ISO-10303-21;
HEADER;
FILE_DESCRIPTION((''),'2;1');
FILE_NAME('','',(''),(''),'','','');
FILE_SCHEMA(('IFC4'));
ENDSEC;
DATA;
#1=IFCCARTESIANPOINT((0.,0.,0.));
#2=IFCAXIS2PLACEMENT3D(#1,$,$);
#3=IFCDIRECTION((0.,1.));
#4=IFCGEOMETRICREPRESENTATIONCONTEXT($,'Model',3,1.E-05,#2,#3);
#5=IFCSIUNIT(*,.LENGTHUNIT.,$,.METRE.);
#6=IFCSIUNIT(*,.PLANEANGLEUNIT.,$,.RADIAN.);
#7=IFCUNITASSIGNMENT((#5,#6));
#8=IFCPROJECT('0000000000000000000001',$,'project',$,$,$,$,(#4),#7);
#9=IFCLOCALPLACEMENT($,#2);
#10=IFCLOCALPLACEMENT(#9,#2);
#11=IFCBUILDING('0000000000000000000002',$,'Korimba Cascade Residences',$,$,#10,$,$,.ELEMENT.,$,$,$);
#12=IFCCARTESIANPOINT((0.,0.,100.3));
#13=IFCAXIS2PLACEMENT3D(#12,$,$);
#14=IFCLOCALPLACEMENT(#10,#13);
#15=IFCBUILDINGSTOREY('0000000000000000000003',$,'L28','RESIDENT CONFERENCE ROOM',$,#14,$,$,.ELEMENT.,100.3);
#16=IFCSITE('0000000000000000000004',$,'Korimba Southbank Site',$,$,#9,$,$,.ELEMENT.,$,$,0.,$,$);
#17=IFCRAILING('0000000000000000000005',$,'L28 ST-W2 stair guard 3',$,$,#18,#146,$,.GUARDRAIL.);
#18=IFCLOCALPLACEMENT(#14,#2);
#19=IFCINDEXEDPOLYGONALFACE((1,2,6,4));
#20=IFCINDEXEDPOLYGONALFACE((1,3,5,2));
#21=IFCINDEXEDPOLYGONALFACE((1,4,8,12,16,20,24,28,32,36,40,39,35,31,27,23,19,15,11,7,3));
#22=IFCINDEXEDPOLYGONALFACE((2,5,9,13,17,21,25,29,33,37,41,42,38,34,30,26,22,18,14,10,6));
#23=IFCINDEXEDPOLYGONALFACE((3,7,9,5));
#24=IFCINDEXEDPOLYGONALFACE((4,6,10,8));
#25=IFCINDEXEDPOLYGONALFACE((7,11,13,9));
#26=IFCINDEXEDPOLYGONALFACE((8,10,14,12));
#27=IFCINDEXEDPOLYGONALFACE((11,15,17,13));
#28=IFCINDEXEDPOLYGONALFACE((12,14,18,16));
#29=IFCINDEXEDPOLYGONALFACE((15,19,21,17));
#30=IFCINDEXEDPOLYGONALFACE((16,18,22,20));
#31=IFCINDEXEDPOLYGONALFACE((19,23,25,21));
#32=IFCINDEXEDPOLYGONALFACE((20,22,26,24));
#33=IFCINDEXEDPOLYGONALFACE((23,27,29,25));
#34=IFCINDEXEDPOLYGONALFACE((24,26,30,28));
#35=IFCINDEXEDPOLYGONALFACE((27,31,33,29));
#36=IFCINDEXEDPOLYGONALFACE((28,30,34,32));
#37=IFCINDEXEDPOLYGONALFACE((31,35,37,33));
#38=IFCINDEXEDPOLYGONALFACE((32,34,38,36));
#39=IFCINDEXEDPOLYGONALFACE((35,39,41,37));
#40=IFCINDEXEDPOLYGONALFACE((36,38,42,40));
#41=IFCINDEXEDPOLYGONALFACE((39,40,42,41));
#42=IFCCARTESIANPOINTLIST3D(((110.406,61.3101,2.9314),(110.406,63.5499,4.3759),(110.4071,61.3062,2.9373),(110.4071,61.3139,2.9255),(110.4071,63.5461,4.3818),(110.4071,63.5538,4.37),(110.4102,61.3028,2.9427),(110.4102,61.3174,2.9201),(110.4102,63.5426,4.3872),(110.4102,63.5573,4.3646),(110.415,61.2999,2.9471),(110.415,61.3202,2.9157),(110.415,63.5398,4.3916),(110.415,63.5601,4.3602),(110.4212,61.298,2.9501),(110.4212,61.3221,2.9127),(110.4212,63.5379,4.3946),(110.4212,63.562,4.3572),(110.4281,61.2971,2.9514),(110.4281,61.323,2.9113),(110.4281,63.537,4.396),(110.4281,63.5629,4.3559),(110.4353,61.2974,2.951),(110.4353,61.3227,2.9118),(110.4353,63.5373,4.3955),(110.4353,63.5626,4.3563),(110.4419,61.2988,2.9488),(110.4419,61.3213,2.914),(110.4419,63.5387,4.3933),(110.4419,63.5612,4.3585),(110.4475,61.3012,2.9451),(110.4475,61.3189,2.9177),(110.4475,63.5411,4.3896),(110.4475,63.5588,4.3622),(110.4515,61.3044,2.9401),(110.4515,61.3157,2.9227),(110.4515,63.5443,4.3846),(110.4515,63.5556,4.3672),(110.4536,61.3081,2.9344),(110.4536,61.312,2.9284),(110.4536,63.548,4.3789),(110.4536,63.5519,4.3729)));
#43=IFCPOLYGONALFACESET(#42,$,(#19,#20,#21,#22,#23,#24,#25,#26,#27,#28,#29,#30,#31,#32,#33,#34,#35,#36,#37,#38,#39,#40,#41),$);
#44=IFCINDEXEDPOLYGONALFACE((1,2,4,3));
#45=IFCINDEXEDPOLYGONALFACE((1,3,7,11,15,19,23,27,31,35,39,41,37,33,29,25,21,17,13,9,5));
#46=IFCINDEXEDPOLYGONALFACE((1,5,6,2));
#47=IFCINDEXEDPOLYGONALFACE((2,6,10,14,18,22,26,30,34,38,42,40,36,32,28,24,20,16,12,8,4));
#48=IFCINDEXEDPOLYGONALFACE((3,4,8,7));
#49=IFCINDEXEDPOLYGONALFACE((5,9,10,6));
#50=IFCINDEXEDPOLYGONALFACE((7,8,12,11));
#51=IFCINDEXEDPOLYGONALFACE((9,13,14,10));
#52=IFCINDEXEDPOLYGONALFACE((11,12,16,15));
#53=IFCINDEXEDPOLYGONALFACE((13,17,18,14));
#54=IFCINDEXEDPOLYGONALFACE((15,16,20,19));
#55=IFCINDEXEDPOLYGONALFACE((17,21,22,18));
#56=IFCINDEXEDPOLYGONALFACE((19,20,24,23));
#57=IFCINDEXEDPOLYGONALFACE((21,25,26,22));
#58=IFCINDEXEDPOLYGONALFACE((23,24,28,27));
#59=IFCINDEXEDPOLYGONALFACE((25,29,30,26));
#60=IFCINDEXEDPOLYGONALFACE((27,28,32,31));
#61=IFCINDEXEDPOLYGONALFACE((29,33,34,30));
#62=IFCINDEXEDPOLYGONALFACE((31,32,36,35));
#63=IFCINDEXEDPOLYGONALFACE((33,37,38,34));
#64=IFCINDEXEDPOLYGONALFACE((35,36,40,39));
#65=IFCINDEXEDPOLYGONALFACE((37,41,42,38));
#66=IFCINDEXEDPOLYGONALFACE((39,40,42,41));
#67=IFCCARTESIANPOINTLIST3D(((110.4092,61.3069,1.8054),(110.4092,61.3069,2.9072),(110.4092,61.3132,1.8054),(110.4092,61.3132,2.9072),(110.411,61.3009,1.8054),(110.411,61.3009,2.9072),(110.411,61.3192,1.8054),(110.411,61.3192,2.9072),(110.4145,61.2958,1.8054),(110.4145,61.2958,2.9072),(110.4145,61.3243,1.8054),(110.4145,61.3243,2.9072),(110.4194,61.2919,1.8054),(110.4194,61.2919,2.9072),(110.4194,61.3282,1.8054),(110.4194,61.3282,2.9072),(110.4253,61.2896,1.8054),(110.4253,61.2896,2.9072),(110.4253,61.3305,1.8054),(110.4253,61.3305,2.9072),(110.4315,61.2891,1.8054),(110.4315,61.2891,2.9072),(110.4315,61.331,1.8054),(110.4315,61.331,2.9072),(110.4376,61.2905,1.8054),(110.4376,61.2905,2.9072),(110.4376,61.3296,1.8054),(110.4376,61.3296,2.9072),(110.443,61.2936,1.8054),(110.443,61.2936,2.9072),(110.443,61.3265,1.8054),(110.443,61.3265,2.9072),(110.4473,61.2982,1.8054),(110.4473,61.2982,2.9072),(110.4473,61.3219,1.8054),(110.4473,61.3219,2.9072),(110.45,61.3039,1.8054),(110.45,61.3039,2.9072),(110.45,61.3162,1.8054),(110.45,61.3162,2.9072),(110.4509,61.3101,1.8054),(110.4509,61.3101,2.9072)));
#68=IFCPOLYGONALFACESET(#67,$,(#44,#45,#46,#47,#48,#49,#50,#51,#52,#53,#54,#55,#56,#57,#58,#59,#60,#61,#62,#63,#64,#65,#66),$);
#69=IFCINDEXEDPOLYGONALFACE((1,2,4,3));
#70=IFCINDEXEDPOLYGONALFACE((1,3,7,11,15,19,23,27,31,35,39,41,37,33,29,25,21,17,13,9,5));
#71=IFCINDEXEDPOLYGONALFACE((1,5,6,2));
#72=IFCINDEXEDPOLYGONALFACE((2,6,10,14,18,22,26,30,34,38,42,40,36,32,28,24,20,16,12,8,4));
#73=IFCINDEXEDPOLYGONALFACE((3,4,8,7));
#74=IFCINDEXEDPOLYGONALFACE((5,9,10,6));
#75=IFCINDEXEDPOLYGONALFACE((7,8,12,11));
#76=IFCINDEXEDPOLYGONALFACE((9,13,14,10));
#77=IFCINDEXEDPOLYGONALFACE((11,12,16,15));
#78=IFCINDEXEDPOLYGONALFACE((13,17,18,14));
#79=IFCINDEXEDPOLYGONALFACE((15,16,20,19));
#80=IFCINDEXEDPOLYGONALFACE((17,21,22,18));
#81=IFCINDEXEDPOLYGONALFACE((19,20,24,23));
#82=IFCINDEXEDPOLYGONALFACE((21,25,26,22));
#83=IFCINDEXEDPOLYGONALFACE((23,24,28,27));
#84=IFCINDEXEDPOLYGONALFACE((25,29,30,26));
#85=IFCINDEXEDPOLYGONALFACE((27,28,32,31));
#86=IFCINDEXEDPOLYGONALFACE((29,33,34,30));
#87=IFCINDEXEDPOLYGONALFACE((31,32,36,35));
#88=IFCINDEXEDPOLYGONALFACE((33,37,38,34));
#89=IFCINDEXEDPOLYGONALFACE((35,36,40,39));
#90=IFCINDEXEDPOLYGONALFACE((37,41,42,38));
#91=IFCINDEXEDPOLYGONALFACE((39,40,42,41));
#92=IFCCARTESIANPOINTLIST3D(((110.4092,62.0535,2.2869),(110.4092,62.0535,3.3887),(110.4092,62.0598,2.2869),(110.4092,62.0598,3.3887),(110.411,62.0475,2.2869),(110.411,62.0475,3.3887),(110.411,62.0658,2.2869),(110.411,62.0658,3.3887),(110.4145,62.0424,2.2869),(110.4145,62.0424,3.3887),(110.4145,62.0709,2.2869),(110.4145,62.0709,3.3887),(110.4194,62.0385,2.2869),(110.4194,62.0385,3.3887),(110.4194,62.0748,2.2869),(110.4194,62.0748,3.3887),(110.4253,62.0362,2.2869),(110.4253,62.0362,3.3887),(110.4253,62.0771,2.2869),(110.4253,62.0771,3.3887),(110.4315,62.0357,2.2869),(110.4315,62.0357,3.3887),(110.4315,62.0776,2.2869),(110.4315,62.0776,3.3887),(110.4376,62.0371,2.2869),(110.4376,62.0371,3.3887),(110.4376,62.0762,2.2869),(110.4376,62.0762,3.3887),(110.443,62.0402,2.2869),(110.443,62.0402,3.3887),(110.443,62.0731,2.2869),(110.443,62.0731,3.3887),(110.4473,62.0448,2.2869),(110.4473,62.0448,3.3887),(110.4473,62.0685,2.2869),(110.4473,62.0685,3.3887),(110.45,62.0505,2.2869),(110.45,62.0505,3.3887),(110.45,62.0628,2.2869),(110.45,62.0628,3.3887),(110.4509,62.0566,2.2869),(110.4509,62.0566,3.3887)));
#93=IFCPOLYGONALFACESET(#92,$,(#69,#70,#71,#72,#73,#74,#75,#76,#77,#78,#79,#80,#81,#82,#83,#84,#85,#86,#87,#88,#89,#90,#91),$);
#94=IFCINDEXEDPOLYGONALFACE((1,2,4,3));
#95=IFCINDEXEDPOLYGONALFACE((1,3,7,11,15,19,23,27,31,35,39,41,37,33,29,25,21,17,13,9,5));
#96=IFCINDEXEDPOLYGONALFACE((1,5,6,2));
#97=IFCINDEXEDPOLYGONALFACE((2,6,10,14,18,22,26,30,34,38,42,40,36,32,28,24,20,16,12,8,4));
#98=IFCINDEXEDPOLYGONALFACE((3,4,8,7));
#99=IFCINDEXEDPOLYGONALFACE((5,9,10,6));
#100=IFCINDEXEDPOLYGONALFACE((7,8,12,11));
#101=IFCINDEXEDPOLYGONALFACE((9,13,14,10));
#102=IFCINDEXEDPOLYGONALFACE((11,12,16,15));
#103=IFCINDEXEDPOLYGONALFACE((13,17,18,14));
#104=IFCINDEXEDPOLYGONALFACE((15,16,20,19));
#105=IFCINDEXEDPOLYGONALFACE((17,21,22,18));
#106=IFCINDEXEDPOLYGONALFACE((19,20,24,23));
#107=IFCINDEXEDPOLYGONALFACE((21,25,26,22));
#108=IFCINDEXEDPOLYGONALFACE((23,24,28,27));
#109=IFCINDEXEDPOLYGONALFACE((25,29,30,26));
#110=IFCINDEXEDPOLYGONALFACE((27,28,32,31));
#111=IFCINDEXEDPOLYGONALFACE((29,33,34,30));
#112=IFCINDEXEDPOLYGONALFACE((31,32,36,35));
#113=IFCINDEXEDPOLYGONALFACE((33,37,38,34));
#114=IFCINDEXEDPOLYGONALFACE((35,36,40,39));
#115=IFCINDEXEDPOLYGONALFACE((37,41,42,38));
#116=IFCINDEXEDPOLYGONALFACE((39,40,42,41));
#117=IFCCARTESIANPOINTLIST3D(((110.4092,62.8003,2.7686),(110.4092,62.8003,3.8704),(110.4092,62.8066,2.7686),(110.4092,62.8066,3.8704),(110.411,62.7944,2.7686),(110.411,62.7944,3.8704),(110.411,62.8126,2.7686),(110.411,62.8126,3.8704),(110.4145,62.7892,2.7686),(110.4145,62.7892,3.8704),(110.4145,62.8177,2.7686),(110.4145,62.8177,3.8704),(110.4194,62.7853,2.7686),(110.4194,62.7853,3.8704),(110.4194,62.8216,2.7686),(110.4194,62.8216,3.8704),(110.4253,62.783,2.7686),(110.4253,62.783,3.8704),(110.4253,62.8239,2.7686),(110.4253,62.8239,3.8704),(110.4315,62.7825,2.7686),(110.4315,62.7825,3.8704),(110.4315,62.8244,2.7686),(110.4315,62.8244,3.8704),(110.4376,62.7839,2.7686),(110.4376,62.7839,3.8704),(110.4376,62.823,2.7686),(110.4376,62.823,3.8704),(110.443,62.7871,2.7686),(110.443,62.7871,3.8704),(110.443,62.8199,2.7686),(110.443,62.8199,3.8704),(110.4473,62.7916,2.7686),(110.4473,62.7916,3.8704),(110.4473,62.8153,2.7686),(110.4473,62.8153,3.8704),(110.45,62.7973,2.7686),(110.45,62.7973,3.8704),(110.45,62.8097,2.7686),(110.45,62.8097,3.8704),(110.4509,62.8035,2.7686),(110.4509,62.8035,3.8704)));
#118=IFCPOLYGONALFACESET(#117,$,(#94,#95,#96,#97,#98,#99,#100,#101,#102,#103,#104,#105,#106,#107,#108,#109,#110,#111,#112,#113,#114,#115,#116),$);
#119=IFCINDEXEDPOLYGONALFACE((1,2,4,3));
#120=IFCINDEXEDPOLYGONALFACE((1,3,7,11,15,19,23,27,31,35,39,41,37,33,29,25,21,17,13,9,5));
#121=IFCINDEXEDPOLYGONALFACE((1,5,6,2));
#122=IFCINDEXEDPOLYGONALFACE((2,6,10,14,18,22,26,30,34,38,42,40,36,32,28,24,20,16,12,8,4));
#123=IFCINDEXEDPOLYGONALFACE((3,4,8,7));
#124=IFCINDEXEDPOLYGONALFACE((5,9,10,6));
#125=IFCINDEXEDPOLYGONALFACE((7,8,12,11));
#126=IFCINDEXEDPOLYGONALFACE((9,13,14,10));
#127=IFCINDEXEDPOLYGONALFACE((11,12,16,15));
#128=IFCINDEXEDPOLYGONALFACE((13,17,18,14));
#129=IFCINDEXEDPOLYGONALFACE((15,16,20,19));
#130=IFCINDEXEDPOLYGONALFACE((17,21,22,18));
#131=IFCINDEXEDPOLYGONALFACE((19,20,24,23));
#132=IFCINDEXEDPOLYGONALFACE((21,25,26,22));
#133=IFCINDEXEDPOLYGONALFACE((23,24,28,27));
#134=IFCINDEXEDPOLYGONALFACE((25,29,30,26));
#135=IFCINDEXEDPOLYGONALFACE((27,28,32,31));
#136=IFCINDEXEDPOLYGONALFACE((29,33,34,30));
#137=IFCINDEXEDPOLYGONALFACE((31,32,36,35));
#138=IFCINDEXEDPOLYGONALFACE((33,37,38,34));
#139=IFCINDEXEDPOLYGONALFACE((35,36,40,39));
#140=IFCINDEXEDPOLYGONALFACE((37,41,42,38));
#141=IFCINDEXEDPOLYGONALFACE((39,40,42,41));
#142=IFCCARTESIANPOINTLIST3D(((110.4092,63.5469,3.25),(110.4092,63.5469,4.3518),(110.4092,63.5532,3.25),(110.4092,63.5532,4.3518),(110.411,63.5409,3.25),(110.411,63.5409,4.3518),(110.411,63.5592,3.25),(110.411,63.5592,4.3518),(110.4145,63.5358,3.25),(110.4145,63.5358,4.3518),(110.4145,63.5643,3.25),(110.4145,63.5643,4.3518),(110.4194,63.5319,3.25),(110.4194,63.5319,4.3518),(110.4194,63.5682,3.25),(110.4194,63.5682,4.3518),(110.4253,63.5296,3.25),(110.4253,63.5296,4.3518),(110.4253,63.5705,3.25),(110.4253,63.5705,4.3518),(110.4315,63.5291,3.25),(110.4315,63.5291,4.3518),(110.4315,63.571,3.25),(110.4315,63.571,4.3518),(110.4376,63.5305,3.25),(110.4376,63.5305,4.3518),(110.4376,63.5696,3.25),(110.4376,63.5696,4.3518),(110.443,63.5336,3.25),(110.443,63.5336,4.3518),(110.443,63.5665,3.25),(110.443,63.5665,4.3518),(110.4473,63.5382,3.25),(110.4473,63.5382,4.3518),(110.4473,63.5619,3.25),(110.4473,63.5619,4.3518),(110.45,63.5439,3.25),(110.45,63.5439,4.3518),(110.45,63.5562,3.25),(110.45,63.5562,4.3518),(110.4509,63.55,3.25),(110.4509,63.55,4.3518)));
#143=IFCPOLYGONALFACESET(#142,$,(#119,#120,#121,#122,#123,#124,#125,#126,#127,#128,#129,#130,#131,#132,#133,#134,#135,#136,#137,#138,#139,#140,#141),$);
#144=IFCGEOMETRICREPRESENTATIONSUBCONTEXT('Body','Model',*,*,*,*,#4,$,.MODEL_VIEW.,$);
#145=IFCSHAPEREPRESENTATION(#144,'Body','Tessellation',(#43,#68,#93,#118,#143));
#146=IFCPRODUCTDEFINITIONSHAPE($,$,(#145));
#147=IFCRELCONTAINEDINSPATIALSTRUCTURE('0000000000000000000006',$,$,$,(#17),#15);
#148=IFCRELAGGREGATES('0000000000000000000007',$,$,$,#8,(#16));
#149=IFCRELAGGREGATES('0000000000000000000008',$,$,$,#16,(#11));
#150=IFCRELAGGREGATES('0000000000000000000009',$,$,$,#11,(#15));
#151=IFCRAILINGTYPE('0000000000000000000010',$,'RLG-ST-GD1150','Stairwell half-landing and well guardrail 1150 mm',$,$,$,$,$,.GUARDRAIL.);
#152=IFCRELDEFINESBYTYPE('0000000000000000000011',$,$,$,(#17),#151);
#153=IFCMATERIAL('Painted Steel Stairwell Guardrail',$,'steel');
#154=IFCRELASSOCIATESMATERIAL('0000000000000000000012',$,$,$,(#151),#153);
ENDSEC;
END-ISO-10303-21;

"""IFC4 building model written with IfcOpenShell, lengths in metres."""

from ifc_helpers import new_model, si_unit, direction, frame, origin, origin_2d, place, context, subcontext, project, spatial, circle, extrude, material, type_object, element, save


model = new_model("IFC4")

# Units and contexts
model_context = context("Model", 3, precision=1e-05, world=origin(), true_north=direction((0.0, 1.0)))
body_context = subcontext(model_context, "Body", "Model", "MODEL_VIEW")
ifc_project = project(units=[si_unit("LENGTHUNIT", "METRE"), si_unit("PLANEANGLEUNIT", "RADIAN")], contexts=[model_context])

# Site, building, storey
site_placement = place(None, origin())
site = spatial("IfcSite", under=ifc_project, at=site_placement, Name="Korimba Southbank Site", CompositionType="ELEMENT", RefElevation=0.0)
building_placement = place(site_placement, origin())
building = spatial("IfcBuilding", under=site, at=building_placement, Name="Korimba Cascade Residences", CompositionType="ELEMENT")
storey_placement = place(building_placement, frame((0.0, 0.0, 100.3)))
storey = spatial("IfcBuildingStorey", under=building, at=storey_placement, Name="L28", Description="RESIDENT CONFERENCE ROOM", CompositionType="ELEMENT", Elevation=100.3)

# Railing
ifc_material_1 = material(Name="Painted Steel Stairwell Guardrail", Category="steel")
railing_type_1 = type_object("IfcRailingType", Name="RLG-ST-GD1150", Description="Stairwell half-landing and well guardrail 1150 mm", PredefinedType="GUARDRAIL", material=ifc_material_1)
railing_1_placement = place(storey_placement, frame((110.4299, 61.3101, 1.8054)))
element("IfcRailing", 1, at=railing_1_placement, inside=storey, type_object=railing_type_1, Name="L28 ST-W2 stair guard 3", PredefinedType="GUARDRAIL", context=body_context, shape_type="SweptSolid", body=[
    extrude(circle(Radius=0.0239, at=origin_2d()), frame((0.0, 0.0, 1.126), z_axis=(0.0, 0.840395, 0.541975), x_axis=(-1.0, 0.0, 0.0)), (0.0, 0.0, 1.0), 2.6653),
    extrude(circle(Radius=0.021, at=origin_2d()), origin(), (0.0, 0.0, 1.0), 1.1018),
    extrude(circle(Radius=0.021, at=origin_2d()), frame((0.0, 0.7466, 0.4814)), (0.0, 0.0, 1.0), 1.1018),
    extrude(circle(Radius=0.021, at=origin_2d()), frame((0.0, 1.4934, 0.9631)), (0.0, 0.0, 1.0), 1.1018),
    extrude(circle(Radius=0.021, at=origin_2d()), frame((0.0, 2.24, 1.4446)), (0.0, 0.0, 1.0), 1.1018),
])

save(model, "model.ifc")
